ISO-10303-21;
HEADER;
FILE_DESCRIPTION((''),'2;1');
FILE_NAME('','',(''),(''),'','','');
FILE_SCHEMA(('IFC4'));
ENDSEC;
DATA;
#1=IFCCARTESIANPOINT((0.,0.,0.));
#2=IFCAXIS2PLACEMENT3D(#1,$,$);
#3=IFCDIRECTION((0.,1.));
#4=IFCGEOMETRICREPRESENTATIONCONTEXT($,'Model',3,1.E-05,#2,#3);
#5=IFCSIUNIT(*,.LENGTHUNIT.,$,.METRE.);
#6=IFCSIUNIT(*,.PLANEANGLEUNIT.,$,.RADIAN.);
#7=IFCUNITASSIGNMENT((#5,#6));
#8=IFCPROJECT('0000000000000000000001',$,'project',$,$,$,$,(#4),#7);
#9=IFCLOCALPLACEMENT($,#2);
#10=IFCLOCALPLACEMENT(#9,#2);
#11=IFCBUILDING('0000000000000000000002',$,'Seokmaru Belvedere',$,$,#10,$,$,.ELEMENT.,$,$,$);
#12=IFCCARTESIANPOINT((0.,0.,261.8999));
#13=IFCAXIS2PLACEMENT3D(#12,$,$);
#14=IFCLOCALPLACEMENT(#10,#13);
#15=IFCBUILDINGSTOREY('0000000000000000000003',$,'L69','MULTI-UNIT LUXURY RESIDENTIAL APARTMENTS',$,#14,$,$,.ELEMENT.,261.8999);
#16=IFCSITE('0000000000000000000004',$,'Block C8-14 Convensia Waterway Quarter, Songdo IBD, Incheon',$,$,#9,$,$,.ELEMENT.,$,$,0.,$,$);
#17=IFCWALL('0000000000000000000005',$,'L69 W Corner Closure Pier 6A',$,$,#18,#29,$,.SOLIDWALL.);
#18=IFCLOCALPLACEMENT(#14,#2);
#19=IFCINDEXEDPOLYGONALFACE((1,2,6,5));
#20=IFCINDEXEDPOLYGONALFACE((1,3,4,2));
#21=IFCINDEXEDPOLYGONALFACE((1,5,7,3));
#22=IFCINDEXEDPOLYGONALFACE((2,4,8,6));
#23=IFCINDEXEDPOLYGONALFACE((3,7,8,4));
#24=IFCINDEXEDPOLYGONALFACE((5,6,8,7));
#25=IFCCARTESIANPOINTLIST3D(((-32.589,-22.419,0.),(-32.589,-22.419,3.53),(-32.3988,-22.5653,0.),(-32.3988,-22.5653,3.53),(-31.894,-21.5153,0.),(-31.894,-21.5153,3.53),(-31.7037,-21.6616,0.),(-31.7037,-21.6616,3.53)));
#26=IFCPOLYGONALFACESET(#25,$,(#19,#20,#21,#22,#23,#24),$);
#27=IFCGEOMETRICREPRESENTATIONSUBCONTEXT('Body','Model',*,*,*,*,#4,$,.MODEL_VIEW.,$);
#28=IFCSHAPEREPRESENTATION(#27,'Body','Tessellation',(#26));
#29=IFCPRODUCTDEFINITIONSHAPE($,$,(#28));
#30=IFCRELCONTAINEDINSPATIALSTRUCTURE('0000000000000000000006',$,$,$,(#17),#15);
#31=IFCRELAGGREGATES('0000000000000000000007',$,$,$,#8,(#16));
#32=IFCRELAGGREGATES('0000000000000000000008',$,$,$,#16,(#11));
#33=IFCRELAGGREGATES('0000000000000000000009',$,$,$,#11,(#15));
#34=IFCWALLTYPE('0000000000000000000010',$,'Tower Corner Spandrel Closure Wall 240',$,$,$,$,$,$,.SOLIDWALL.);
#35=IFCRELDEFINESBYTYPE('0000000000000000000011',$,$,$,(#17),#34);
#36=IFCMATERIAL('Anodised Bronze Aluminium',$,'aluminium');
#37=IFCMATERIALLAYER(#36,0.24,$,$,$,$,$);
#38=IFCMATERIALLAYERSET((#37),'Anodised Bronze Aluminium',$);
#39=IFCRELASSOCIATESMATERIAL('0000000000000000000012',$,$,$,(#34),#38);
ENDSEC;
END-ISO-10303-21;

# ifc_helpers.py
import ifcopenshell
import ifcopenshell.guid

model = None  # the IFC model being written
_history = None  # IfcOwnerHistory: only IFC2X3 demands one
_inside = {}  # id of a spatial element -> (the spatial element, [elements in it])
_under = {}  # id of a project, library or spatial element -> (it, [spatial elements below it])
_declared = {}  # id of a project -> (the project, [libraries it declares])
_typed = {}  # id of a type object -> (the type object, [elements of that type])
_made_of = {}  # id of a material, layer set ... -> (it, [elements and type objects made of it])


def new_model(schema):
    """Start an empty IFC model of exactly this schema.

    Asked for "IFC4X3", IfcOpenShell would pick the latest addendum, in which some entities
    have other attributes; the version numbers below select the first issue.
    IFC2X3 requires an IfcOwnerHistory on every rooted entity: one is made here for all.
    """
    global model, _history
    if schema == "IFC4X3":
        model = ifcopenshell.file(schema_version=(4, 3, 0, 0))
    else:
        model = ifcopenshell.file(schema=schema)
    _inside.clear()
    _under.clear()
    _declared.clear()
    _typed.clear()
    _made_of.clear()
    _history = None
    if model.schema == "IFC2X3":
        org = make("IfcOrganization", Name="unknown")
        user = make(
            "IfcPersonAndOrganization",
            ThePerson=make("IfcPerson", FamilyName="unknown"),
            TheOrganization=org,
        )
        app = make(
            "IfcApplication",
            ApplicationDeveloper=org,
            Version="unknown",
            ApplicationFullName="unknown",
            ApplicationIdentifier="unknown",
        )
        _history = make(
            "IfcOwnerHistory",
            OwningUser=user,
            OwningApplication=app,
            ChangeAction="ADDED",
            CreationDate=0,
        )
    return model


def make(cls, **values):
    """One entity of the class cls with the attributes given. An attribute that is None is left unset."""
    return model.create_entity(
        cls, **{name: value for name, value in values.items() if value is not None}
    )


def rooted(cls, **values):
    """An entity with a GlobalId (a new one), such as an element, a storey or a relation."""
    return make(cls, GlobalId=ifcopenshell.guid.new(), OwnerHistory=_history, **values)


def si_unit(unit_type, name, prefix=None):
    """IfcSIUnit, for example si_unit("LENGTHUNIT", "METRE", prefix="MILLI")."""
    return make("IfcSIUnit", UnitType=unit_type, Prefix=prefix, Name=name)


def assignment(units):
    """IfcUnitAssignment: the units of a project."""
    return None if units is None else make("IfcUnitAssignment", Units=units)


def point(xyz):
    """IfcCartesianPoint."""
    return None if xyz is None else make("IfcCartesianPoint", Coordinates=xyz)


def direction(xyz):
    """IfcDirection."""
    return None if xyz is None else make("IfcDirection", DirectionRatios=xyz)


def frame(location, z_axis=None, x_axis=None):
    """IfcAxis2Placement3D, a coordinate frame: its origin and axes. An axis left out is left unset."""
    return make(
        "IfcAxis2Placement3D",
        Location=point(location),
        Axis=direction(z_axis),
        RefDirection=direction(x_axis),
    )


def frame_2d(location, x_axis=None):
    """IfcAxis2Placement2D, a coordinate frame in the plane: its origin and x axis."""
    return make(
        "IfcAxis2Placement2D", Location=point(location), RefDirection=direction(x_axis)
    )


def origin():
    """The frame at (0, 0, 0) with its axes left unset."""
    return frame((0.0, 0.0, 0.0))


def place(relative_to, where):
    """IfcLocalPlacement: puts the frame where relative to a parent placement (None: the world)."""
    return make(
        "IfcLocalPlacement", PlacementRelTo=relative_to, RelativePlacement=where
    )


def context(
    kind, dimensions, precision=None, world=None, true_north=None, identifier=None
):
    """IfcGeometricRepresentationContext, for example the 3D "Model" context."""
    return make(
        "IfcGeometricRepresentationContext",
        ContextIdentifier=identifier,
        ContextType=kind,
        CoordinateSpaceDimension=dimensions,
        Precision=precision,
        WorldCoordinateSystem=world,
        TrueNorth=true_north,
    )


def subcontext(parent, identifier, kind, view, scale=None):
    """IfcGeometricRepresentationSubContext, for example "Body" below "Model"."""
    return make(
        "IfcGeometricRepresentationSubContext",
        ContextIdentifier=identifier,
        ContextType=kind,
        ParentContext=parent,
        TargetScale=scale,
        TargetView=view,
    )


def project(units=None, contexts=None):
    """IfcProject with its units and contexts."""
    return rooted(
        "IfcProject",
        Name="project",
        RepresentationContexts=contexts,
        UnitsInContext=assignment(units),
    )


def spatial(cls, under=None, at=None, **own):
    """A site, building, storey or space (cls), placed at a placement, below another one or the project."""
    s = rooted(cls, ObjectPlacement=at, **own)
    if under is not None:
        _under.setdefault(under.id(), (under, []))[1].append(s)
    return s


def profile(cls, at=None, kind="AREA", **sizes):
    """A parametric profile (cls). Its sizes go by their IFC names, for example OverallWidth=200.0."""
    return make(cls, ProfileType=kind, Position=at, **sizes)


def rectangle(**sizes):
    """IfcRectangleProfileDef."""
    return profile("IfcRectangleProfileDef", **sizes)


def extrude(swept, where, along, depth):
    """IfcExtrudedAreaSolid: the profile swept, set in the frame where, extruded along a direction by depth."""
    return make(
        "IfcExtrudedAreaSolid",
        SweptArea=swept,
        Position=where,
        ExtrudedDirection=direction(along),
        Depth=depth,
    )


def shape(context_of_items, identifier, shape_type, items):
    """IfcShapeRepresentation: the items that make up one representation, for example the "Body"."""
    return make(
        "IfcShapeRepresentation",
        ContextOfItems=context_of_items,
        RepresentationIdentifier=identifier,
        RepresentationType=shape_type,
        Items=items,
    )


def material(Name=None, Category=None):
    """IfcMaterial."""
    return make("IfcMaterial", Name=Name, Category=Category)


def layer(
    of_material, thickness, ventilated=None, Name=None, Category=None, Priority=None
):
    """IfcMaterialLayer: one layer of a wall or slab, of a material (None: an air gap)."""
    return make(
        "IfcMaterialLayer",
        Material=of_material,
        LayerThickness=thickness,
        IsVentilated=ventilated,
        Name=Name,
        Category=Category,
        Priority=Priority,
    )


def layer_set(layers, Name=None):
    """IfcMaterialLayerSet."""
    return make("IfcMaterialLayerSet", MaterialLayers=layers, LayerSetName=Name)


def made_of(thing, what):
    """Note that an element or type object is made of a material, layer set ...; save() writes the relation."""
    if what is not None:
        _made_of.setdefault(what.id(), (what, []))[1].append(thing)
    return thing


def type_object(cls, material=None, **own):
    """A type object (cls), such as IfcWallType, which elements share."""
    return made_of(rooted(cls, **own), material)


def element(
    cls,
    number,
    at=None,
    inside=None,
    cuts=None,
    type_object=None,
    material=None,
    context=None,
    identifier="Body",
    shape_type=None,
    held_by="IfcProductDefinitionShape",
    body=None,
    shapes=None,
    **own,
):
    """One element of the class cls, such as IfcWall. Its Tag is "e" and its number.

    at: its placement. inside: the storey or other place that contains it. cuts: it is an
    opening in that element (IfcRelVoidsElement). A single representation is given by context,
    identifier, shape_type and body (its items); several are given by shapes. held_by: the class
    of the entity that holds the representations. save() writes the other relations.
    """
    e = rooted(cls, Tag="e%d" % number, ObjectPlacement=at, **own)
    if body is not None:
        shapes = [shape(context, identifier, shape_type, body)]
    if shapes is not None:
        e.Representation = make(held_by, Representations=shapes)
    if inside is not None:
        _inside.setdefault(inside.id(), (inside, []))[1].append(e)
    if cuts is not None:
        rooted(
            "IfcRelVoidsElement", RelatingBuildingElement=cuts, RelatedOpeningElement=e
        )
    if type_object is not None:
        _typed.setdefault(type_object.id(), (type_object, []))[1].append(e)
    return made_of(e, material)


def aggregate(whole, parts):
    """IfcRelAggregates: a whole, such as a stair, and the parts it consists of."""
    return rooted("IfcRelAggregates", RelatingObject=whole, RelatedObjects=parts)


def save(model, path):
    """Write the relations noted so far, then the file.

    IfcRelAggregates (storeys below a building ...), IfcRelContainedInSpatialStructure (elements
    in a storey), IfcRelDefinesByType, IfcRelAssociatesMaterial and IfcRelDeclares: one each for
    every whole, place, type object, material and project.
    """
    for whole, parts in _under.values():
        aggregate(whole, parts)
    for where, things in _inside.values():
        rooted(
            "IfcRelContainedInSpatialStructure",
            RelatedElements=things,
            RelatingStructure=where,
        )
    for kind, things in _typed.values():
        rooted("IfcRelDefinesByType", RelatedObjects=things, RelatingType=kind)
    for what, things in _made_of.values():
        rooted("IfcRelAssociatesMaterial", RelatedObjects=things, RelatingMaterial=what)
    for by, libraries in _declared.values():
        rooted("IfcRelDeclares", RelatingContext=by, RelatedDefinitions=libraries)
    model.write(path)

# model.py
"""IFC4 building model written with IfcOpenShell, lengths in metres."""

from ifc_helpers import new_model, si_unit, direction, frame, frame_2d, origin, place, context, subcontext, project, spatial, rectangle, extrude, material, layer, layer_set, type_object, element, save


model = new_model("IFC4")

# Units and contexts
model_context = context("Model", 3, precision=1e-05, world=origin(), true_north=direction((0.0, 1.0)))
body_context = subcontext(model_context, "Body", "Model", "MODEL_VIEW")
ifc_project = project(units=[si_unit("LENGTHUNIT", "METRE"), si_unit("PLANEANGLEUNIT", "RADIAN")], contexts=[model_context])

# Site, building, storey
site_placement = place(None, origin())
site = spatial("IfcSite", under=ifc_project, at=site_placement, Name="Block C8-14 Convensia Waterway Quarter, Songdo IBD, Incheon", CompositionType="ELEMENT", RefElevation=0.0)
building_placement = place(site_placement, origin())
building = spatial("IfcBuilding", under=site, at=building_placement, Name="Seokmaru Belvedere", CompositionType="ELEMENT")
storey_placement = place(building_placement, frame((0.0, 0.0, 261.8999)))
storey = spatial("IfcBuildingStorey", under=building, at=storey_placement, Name="L69", Description="MULTI-UNIT LUXURY RESIDENTIAL APARTMENTS", CompositionType="ELEMENT", Elevation=261.8999)

# Shared definitions
ifc_material_1 = material(Name="Anodised Bronze Aluminium", Category="aluminium")

# Wall
ifc_layer_1 = layer(ifc_material_1, 0.24)
ifc_layer_set_1 = layer_set([ifc_layer_1], Name="Anodised Bronze Aluminium")
wall_type_1 = type_object("IfcWallType", Name="Tower Corner Spandrel Closure Wall 240", PredefinedType="SOLIDWALL", material=ifc_layer_set_1)
for number, where, z_axis, x_axis, name in (
    (1, (-32.4939, -22.4922, 0.0), (0.0, 0.0, 1.0), (0.609618, 0.792696, 0.0), "L69 W Corner Closure Pier 6A"),
):
    element("IfcWall", number, at=place(storey_placement, frame(where, z_axis=z_axis, x_axis=x_axis)), inside=storey, type_object=wall_type_1, Name=name, PredefinedType="SOLIDWALL", context=body_context, shape_type="SweptSolid", body=[
        extrude(rectangle(XDim=1.1401, YDim=0.24, at=frame_2d((0.5701, 0.0))), origin(), (0.0, 0.0, 1.0), 3.53),
    ])

save(model, "model.ifc")
